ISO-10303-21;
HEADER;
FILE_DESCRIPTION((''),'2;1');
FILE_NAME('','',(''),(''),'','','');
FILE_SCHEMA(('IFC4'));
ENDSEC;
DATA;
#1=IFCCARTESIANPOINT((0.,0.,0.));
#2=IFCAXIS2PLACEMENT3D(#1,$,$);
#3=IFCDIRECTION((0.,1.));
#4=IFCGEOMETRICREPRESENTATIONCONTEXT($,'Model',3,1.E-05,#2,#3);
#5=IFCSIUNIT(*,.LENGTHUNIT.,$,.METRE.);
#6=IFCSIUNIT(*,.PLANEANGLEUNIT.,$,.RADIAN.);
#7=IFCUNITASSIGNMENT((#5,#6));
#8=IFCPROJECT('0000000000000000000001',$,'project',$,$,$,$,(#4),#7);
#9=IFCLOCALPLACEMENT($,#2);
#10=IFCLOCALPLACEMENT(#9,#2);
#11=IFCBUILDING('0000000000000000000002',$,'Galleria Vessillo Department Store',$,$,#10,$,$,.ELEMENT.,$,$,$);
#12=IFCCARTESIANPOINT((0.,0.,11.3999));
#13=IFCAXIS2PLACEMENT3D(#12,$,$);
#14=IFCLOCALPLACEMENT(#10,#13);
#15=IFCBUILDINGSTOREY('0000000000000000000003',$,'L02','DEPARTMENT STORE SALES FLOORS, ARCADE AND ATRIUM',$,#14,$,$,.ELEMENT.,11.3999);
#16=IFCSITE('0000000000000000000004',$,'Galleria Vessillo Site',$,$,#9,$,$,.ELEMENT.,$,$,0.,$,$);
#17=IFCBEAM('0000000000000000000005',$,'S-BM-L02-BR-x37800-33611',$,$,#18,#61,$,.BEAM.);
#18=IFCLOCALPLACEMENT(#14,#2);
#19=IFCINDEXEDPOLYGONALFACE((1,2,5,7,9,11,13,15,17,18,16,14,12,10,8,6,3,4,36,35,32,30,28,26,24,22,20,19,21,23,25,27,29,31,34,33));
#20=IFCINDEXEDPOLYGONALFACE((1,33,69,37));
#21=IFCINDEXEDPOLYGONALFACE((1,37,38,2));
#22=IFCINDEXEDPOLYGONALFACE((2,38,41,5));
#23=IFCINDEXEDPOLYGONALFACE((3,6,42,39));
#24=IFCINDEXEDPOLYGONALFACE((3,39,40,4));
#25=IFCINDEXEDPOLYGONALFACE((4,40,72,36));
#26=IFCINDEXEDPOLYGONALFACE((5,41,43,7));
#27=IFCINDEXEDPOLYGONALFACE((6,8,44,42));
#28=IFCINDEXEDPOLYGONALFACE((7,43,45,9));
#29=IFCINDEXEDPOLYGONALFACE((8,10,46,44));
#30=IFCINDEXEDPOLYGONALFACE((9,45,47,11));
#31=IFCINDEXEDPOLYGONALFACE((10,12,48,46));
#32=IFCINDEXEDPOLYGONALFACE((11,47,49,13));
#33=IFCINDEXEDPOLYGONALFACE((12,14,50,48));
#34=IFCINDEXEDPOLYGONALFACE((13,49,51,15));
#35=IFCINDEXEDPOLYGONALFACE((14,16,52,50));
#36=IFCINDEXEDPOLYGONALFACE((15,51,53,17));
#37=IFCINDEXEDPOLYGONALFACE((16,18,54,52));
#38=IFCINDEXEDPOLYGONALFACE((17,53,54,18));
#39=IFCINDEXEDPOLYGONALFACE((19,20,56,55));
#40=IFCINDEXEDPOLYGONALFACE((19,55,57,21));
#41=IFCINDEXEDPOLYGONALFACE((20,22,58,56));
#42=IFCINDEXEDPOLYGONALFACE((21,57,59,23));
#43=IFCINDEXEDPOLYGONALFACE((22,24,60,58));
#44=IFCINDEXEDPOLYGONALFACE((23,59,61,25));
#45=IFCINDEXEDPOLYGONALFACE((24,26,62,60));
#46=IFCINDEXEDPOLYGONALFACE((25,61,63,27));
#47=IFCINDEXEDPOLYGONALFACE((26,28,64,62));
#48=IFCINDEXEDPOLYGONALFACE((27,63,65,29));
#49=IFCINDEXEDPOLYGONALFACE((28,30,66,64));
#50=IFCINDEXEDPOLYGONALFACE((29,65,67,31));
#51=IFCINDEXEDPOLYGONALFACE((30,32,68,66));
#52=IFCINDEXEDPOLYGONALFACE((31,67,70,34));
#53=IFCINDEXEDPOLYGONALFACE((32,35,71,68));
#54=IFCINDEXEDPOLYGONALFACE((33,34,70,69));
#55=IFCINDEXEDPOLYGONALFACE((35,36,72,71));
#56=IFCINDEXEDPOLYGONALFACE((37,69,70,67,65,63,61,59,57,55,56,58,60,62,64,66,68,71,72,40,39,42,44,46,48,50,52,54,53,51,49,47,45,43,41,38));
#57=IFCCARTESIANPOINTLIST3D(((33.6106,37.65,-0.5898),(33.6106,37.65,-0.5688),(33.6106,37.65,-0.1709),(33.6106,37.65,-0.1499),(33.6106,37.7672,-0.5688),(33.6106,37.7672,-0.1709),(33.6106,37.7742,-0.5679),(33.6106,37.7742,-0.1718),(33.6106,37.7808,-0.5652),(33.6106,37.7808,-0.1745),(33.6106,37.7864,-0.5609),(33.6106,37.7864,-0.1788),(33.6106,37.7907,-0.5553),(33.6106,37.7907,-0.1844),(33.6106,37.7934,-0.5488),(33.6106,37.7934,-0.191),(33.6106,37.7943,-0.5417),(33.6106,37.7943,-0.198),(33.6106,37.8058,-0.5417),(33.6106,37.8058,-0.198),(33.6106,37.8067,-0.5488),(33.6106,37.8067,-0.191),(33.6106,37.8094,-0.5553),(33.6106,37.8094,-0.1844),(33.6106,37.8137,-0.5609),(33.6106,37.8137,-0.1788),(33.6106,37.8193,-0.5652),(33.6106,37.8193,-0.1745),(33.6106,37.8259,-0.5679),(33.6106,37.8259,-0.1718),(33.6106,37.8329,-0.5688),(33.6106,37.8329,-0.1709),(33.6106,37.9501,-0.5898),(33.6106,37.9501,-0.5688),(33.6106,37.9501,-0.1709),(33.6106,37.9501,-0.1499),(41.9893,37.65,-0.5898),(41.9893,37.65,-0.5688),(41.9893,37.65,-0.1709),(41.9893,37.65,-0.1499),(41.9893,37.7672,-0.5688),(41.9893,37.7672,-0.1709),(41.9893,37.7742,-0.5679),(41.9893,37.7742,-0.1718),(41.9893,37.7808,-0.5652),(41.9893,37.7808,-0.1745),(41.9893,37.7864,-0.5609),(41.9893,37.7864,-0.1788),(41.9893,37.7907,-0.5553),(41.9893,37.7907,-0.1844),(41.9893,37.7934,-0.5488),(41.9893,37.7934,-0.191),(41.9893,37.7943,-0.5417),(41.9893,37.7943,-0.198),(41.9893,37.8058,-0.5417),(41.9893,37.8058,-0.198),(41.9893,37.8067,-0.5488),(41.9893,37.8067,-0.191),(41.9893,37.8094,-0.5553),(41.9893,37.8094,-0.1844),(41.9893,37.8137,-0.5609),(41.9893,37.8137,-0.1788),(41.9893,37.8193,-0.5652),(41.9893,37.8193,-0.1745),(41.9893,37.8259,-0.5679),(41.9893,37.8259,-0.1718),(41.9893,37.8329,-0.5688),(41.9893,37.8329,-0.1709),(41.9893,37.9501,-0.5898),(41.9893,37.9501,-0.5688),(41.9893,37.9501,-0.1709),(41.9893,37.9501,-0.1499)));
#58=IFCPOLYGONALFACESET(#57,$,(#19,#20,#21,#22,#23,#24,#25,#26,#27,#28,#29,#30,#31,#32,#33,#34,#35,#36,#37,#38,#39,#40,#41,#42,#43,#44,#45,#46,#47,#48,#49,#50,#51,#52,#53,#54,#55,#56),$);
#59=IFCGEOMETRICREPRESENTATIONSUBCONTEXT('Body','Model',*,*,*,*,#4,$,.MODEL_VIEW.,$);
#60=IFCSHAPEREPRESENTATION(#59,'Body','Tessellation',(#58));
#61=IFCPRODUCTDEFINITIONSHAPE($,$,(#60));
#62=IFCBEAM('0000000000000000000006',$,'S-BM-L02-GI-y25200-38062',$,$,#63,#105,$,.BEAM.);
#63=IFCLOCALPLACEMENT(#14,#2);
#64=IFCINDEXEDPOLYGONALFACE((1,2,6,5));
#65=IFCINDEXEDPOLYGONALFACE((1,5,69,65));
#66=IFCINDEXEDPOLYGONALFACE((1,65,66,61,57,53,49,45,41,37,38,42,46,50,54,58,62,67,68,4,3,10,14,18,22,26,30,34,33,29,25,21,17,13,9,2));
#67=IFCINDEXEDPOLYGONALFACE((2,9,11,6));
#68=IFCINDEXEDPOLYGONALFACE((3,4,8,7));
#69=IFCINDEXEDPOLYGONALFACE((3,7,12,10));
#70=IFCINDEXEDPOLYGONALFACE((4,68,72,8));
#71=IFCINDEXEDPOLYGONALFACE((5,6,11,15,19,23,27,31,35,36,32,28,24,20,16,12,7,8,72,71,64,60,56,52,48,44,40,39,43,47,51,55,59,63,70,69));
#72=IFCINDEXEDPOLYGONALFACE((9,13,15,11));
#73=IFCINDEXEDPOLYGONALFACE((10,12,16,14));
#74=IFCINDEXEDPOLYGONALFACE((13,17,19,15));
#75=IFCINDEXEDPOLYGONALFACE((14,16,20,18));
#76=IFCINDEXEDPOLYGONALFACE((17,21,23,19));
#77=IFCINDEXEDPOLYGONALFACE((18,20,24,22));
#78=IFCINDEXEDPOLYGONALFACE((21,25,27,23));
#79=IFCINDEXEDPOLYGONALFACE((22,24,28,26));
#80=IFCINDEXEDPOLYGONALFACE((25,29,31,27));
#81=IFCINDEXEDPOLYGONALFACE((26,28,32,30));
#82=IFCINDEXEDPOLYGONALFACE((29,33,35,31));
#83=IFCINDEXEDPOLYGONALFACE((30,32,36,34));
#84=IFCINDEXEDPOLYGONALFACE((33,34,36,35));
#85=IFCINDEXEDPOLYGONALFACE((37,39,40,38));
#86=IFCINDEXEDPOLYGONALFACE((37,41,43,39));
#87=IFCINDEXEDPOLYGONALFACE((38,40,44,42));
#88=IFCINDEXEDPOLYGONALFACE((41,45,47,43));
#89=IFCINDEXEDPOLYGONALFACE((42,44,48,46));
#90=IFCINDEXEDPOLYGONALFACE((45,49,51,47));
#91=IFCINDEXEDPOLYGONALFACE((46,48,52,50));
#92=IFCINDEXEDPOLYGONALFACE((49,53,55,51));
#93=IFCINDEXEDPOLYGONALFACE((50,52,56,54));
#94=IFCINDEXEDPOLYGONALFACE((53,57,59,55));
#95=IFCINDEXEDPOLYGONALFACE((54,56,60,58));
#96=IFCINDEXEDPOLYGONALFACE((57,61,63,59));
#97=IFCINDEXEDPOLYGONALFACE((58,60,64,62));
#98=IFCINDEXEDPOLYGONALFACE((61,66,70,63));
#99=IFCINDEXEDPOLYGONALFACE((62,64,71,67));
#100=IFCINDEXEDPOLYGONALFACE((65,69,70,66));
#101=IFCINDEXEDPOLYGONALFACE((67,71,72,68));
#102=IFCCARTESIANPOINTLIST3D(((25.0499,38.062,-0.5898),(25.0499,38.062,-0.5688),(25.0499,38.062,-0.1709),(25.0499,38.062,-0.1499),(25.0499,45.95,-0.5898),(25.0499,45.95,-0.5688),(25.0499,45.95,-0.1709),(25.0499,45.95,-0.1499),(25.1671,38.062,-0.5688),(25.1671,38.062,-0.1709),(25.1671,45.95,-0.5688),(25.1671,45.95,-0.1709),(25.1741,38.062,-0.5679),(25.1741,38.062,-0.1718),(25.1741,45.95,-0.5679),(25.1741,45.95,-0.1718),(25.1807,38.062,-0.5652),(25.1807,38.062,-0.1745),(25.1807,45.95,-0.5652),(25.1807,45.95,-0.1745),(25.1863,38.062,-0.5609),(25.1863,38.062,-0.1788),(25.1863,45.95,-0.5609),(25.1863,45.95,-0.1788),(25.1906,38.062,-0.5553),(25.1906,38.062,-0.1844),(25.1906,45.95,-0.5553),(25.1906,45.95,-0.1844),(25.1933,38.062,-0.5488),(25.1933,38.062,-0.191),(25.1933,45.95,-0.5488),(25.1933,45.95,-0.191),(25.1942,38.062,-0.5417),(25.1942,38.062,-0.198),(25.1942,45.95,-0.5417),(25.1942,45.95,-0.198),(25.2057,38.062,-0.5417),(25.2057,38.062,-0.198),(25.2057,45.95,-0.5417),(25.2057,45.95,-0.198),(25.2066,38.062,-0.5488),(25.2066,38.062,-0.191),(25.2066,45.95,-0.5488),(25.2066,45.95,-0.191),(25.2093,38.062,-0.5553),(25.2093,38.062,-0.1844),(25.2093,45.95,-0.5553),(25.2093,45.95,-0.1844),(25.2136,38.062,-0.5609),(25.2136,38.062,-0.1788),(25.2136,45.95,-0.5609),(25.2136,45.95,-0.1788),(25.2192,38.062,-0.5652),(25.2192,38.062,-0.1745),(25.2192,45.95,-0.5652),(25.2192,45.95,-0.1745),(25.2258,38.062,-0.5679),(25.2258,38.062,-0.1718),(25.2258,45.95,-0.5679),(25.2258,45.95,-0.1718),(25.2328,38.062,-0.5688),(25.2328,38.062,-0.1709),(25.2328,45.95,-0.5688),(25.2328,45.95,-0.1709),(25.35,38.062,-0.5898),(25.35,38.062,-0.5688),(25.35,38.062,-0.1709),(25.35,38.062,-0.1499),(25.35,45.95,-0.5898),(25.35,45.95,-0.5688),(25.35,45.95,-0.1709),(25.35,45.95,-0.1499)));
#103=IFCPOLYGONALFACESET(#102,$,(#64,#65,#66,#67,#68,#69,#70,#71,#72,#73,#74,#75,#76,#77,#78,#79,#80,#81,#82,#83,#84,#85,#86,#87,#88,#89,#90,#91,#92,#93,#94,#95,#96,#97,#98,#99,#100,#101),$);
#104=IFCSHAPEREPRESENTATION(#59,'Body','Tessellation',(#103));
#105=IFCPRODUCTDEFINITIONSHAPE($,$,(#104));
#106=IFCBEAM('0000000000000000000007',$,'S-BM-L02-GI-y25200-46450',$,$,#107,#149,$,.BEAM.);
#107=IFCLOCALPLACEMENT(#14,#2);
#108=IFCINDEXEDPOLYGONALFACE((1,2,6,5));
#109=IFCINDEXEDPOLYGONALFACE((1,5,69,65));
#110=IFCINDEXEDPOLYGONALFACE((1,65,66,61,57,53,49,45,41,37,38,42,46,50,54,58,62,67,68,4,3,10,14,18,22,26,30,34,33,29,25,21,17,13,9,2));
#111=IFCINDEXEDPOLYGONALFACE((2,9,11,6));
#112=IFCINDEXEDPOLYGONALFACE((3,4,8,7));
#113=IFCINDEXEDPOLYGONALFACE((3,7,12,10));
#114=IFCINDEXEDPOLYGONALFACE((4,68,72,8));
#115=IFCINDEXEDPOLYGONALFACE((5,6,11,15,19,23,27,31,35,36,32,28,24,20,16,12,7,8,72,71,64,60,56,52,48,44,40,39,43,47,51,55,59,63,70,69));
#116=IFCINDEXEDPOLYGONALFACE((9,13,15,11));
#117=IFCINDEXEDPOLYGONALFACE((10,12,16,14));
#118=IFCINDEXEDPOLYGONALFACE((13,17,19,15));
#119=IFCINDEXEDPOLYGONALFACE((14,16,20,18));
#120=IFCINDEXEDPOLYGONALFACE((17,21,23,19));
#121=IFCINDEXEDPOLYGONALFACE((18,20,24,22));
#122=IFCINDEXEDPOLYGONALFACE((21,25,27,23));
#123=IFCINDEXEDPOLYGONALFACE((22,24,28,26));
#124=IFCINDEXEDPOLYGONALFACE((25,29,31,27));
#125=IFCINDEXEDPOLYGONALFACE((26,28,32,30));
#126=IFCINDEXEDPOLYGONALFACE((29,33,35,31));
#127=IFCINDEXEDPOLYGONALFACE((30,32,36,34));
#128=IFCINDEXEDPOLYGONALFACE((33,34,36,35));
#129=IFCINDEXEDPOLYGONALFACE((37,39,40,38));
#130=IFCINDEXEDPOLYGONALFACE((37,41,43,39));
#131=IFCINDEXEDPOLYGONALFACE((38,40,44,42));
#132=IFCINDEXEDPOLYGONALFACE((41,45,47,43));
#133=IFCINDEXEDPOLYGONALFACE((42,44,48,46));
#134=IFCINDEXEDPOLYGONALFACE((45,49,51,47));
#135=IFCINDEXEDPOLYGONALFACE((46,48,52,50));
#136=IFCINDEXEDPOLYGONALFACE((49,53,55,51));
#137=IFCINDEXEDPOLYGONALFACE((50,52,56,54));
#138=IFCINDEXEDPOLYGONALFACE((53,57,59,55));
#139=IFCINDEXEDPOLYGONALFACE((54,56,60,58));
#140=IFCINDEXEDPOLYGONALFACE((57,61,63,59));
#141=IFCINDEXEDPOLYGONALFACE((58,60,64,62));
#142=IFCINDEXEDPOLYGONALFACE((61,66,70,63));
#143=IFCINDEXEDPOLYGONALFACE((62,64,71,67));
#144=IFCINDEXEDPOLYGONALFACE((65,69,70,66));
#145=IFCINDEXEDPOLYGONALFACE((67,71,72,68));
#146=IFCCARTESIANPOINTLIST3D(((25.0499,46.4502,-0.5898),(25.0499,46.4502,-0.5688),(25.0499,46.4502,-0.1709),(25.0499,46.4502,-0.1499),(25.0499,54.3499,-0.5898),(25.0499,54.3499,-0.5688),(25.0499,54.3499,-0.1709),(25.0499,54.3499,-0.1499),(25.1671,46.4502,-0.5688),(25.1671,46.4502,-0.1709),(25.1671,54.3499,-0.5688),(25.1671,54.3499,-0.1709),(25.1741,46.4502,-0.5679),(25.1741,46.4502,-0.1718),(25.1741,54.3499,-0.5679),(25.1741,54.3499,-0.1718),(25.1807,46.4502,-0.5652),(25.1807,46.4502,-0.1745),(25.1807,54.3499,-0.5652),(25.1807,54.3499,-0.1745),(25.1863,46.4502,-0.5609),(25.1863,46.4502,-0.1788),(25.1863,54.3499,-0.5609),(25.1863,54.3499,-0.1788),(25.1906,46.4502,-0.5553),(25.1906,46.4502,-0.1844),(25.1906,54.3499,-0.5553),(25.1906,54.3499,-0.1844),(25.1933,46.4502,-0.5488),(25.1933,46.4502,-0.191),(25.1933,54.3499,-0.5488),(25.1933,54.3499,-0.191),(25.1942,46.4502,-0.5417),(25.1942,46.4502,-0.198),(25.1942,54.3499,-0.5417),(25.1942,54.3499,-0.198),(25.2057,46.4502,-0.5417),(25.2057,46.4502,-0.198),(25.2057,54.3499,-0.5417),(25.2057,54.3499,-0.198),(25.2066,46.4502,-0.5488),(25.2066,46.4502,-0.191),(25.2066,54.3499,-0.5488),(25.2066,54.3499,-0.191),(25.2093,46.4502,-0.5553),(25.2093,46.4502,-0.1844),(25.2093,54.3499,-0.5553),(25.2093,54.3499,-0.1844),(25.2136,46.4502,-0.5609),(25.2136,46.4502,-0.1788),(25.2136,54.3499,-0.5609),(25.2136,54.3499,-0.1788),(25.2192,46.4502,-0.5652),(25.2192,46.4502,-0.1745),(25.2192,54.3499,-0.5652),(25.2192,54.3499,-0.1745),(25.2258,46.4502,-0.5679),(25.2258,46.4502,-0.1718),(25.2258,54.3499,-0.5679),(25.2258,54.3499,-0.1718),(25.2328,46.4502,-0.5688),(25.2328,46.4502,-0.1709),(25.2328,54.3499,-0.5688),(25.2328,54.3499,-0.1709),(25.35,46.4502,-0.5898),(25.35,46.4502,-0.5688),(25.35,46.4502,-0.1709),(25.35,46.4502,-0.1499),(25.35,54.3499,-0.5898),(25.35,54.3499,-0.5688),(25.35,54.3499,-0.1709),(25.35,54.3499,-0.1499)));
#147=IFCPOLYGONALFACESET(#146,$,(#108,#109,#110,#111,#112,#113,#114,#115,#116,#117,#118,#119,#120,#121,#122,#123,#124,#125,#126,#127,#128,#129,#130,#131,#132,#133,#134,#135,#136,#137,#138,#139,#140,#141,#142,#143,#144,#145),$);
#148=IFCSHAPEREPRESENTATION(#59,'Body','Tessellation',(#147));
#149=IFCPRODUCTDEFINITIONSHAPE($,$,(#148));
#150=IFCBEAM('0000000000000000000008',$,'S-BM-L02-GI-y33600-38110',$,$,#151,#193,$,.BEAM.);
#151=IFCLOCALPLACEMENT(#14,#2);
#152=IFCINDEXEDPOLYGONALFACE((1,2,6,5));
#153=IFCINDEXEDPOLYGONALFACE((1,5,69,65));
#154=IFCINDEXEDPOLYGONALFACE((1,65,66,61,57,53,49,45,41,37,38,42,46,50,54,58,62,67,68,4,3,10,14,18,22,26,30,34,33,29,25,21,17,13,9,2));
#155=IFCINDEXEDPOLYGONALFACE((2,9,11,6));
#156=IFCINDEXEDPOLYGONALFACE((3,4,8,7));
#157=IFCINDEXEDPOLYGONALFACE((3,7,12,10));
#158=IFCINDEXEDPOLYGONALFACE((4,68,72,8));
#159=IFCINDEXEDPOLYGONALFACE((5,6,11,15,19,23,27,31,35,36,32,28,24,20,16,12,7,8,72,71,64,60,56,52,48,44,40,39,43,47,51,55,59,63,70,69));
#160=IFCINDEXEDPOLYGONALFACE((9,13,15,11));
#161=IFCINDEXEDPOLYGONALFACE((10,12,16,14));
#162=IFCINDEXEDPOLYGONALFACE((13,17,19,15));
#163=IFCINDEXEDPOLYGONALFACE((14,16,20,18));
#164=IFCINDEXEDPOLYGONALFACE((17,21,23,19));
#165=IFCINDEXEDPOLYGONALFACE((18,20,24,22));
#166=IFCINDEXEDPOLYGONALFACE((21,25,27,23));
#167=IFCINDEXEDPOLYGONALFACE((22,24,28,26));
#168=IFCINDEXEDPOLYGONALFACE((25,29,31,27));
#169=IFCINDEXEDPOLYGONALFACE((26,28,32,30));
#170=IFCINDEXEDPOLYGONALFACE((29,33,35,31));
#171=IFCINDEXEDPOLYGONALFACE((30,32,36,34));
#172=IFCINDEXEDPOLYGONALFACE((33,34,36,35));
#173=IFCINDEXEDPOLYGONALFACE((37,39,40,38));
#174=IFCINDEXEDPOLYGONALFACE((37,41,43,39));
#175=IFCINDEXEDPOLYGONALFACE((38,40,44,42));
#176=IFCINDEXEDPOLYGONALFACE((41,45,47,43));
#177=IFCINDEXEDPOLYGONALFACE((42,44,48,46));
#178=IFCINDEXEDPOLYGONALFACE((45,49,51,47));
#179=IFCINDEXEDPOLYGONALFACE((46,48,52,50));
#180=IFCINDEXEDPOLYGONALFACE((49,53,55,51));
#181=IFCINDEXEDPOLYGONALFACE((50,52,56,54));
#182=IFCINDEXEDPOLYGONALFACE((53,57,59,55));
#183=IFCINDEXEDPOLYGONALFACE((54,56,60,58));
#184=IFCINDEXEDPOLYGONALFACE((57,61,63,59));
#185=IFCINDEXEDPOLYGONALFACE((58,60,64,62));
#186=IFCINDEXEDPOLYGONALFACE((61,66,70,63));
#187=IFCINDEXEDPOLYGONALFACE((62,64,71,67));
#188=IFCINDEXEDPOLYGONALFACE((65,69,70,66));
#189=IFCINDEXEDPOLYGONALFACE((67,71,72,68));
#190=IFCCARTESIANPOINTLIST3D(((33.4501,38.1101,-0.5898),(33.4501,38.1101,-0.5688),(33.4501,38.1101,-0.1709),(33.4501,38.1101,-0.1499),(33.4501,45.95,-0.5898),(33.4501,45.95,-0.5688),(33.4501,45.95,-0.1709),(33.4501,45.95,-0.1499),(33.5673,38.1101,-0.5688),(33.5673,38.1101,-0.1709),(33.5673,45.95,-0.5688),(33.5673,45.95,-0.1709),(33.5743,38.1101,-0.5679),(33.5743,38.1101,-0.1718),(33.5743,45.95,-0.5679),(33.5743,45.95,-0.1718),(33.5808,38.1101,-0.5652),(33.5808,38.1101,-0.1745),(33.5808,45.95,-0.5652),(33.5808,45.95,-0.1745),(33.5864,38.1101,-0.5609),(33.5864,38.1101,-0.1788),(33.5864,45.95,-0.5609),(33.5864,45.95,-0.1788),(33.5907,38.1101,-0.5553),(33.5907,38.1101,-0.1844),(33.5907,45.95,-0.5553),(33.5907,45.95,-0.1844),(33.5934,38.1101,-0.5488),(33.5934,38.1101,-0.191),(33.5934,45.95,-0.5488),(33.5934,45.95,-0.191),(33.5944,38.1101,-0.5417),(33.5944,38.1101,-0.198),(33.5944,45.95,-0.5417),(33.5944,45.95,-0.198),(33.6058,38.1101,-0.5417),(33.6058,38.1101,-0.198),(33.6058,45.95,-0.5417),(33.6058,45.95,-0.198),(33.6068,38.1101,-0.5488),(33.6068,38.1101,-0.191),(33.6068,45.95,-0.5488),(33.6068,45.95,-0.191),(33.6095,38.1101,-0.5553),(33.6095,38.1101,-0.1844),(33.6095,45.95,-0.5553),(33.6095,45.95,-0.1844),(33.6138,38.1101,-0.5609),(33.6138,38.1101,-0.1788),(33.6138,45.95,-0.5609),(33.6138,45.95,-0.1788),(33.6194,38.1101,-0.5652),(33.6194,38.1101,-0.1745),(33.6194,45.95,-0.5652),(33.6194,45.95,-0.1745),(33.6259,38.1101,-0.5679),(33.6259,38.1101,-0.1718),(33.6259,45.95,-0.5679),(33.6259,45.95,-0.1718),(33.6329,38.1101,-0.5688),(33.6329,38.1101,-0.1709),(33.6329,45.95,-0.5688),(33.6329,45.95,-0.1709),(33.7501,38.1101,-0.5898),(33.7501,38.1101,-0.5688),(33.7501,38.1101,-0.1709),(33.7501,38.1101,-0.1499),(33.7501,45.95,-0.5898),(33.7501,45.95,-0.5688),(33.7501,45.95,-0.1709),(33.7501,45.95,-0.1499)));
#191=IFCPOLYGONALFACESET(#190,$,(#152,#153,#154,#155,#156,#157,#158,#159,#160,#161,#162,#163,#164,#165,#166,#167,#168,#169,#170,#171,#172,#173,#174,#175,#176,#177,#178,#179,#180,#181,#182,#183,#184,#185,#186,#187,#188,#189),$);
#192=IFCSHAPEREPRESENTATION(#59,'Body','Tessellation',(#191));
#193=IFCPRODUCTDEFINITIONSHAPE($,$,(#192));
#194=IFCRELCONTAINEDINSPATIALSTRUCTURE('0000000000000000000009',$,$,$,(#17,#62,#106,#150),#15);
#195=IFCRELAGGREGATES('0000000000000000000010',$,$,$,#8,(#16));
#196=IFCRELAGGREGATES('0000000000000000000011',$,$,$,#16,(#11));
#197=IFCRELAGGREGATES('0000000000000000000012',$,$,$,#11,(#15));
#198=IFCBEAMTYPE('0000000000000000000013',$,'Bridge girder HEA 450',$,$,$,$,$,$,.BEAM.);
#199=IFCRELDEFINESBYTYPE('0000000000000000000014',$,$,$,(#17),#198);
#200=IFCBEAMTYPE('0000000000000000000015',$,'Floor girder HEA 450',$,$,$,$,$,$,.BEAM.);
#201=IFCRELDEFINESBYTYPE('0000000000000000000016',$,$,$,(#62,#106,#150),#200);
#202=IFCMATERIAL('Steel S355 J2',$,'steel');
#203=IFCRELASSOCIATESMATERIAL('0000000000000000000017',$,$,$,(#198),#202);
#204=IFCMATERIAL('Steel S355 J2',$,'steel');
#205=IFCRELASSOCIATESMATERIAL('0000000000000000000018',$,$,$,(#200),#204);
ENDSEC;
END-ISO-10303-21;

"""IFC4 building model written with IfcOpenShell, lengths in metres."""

from ifc_helpers import new_model, si_unit, direction, frame, origin, origin_2d, place, context, subcontext, project, spatial, i_section, extrude, material, material_profile, profile_set, type_object, element, save


model = new_model("IFC4")

# Units and contexts
model_context = context("Model", 3, precision=1e-05, world=origin(), true_north=direction((0.0, 1.0)))
body_context = subcontext(model_context, "Body", "Model", "MODEL_VIEW")
ifc_project = project(units=[si_unit("LENGTHUNIT", "METRE"), si_unit("PLANEANGLEUNIT", "RADIAN")], contexts=[model_context])

# Site, building, storey
site_placement = place(None, origin())
site = spatial("IfcSite", under=ifc_project, at=site_placement, Name="Galleria Vessillo Site", CompositionType="ELEMENT", RefElevation=0.0)
building_placement = place(site_placement, origin())
building = spatial("IfcBuilding", under=site, at=building_placement, Name="Galleria Vessillo Department Store", CompositionType="ELEMENT")
storey_placement = place(building_placement, frame((0.0, 0.0, 11.3999)))
storey = spatial("IfcBuildingStorey", under=building, at=storey_placement, Name="L02", Description="DEPARTMENT STORE SALES FLOORS, ARCADE AND ATRIUM", CompositionType="ELEMENT", Elevation=11.3999)

# Beams
ifc_material_1 = material(Name="Steel S355 J2", Category="steel")
ifc_material_profile_1 = material_profile(ifc_material_1, i_section(OverallWidth=0.3, OverallDepth=0.4399, WebThickness=0.0115, FlangeThickness=0.021, FilletRadius=0.0271, at=origin_2d()), Name="HEA 450")
ifc_profile_set_1 = profile_set([ifc_material_profile_1], Name="Steel S355 J2")
beam_type_1 = type_object("IfcBeamType", Name="Bridge girder HEA 450", PredefinedType="BEAM", material=ifc_profile_set_1)
beam_1_placement = place(storey_placement, frame((33.6106, 37.8, -0.3699), z_axis=(1.0, 0.0, 0.0), x_axis=(0.0, 1.0, 0.0)))
element("IfcBeam", 1, at=beam_1_placement, inside=storey, type_object=beam_type_1, Name="S-BM-L02-BR-x37800-33611", PredefinedType="BEAM", context=body_context, shape_type="SweptSolid", body=[
    extrude(i_section(OverallWidth=0.3, OverallDepth=0.4399, WebThickness=0.0115, FlangeThickness=0.021, FilletRadius=0.0271, at=origin_2d()), origin(), (0.0, 0.0, 1.0), 8.3787),
])
ifc_material_2 = material(Name="Steel S355 J2", Category="steel")
ifc_material_profile_2 = material_profile(ifc_material_2, i_section(OverallWidth=0.3, OverallDepth=0.4399, WebThickness=0.0115, FlangeThickness=0.021, FilletRadius=0.0271, at=origin_2d()), Name="HEA 450")
ifc_profile_set_2 = profile_set([ifc_material_profile_2], Name="Steel S355 J2")
beam_type_2 = type_object("IfcBeamType", Name="Floor girder HEA 450", PredefinedType="BEAM", material=ifc_profile_set_2)
beam_2_placement = place(storey_placement, frame((25.2, 38.062, -0.3699), z_axis=(0.0, 1.0, 0.0), x_axis=(-1.0, 0.0, 0.0)))
element("IfcBeam", 2, at=beam_2_placement, inside=storey, type_object=beam_type_2, Name="S-BM-L02-GI-y25200-38062", PredefinedType="BEAM", context=body_context, shape_type="SweptSolid", body=[
    extrude(i_section(OverallWidth=0.3, OverallDepth=0.4399, WebThickness=0.0115, FlangeThickness=0.021, FilletRadius=0.0271, at=origin_2d()), origin(), (0.0, 0.0, 1.0), 7.8879),
])
beam_3_placement = place(storey_placement, frame((25.2, 46.4502, -0.3699), z_axis=(0.0, 1.0, 0.0), x_axis=(-1.0, 0.0, 0.0)))
element("IfcBeam", 3, at=beam_3_placement, inside=storey, type_object=beam_type_2, Name="S-BM-L02-GI-y25200-46450", PredefinedType="BEAM", context=body_context, shape_type="SweptSolid", body=[
    extrude(i_section(OverallWidth=0.3, OverallDepth=0.4399, WebThickness=0.0115, FlangeThickness=0.021, FilletRadius=0.0271, at=origin_2d()), origin(), (0.0, 0.0, 1.0), 7.8997),
])
beam_4_placement = place(storey_placement, frame((33.6001, 38.1101, -0.3699), z_axis=(0.0, 1.0, 0.0), x_axis=(-1.0, 0.0, 0.0)))
element("IfcBeam", 4, at=beam_4_placement, inside=storey, type_object=beam_type_2, Name="S-BM-L02-GI-y33600-38110", PredefinedType="BEAM", context=body_context, shape_type="SweptSolid", body=[
    extrude(i_section(OverallWidth=0.3, OverallDepth=0.4399, WebThickness=0.0115, FlangeThickness=0.021, FilletRadius=0.0271, at=origin_2d()), origin(), (0.0, 0.0, 1.0), 7.8398),
])

save(model, "model.ifc")
